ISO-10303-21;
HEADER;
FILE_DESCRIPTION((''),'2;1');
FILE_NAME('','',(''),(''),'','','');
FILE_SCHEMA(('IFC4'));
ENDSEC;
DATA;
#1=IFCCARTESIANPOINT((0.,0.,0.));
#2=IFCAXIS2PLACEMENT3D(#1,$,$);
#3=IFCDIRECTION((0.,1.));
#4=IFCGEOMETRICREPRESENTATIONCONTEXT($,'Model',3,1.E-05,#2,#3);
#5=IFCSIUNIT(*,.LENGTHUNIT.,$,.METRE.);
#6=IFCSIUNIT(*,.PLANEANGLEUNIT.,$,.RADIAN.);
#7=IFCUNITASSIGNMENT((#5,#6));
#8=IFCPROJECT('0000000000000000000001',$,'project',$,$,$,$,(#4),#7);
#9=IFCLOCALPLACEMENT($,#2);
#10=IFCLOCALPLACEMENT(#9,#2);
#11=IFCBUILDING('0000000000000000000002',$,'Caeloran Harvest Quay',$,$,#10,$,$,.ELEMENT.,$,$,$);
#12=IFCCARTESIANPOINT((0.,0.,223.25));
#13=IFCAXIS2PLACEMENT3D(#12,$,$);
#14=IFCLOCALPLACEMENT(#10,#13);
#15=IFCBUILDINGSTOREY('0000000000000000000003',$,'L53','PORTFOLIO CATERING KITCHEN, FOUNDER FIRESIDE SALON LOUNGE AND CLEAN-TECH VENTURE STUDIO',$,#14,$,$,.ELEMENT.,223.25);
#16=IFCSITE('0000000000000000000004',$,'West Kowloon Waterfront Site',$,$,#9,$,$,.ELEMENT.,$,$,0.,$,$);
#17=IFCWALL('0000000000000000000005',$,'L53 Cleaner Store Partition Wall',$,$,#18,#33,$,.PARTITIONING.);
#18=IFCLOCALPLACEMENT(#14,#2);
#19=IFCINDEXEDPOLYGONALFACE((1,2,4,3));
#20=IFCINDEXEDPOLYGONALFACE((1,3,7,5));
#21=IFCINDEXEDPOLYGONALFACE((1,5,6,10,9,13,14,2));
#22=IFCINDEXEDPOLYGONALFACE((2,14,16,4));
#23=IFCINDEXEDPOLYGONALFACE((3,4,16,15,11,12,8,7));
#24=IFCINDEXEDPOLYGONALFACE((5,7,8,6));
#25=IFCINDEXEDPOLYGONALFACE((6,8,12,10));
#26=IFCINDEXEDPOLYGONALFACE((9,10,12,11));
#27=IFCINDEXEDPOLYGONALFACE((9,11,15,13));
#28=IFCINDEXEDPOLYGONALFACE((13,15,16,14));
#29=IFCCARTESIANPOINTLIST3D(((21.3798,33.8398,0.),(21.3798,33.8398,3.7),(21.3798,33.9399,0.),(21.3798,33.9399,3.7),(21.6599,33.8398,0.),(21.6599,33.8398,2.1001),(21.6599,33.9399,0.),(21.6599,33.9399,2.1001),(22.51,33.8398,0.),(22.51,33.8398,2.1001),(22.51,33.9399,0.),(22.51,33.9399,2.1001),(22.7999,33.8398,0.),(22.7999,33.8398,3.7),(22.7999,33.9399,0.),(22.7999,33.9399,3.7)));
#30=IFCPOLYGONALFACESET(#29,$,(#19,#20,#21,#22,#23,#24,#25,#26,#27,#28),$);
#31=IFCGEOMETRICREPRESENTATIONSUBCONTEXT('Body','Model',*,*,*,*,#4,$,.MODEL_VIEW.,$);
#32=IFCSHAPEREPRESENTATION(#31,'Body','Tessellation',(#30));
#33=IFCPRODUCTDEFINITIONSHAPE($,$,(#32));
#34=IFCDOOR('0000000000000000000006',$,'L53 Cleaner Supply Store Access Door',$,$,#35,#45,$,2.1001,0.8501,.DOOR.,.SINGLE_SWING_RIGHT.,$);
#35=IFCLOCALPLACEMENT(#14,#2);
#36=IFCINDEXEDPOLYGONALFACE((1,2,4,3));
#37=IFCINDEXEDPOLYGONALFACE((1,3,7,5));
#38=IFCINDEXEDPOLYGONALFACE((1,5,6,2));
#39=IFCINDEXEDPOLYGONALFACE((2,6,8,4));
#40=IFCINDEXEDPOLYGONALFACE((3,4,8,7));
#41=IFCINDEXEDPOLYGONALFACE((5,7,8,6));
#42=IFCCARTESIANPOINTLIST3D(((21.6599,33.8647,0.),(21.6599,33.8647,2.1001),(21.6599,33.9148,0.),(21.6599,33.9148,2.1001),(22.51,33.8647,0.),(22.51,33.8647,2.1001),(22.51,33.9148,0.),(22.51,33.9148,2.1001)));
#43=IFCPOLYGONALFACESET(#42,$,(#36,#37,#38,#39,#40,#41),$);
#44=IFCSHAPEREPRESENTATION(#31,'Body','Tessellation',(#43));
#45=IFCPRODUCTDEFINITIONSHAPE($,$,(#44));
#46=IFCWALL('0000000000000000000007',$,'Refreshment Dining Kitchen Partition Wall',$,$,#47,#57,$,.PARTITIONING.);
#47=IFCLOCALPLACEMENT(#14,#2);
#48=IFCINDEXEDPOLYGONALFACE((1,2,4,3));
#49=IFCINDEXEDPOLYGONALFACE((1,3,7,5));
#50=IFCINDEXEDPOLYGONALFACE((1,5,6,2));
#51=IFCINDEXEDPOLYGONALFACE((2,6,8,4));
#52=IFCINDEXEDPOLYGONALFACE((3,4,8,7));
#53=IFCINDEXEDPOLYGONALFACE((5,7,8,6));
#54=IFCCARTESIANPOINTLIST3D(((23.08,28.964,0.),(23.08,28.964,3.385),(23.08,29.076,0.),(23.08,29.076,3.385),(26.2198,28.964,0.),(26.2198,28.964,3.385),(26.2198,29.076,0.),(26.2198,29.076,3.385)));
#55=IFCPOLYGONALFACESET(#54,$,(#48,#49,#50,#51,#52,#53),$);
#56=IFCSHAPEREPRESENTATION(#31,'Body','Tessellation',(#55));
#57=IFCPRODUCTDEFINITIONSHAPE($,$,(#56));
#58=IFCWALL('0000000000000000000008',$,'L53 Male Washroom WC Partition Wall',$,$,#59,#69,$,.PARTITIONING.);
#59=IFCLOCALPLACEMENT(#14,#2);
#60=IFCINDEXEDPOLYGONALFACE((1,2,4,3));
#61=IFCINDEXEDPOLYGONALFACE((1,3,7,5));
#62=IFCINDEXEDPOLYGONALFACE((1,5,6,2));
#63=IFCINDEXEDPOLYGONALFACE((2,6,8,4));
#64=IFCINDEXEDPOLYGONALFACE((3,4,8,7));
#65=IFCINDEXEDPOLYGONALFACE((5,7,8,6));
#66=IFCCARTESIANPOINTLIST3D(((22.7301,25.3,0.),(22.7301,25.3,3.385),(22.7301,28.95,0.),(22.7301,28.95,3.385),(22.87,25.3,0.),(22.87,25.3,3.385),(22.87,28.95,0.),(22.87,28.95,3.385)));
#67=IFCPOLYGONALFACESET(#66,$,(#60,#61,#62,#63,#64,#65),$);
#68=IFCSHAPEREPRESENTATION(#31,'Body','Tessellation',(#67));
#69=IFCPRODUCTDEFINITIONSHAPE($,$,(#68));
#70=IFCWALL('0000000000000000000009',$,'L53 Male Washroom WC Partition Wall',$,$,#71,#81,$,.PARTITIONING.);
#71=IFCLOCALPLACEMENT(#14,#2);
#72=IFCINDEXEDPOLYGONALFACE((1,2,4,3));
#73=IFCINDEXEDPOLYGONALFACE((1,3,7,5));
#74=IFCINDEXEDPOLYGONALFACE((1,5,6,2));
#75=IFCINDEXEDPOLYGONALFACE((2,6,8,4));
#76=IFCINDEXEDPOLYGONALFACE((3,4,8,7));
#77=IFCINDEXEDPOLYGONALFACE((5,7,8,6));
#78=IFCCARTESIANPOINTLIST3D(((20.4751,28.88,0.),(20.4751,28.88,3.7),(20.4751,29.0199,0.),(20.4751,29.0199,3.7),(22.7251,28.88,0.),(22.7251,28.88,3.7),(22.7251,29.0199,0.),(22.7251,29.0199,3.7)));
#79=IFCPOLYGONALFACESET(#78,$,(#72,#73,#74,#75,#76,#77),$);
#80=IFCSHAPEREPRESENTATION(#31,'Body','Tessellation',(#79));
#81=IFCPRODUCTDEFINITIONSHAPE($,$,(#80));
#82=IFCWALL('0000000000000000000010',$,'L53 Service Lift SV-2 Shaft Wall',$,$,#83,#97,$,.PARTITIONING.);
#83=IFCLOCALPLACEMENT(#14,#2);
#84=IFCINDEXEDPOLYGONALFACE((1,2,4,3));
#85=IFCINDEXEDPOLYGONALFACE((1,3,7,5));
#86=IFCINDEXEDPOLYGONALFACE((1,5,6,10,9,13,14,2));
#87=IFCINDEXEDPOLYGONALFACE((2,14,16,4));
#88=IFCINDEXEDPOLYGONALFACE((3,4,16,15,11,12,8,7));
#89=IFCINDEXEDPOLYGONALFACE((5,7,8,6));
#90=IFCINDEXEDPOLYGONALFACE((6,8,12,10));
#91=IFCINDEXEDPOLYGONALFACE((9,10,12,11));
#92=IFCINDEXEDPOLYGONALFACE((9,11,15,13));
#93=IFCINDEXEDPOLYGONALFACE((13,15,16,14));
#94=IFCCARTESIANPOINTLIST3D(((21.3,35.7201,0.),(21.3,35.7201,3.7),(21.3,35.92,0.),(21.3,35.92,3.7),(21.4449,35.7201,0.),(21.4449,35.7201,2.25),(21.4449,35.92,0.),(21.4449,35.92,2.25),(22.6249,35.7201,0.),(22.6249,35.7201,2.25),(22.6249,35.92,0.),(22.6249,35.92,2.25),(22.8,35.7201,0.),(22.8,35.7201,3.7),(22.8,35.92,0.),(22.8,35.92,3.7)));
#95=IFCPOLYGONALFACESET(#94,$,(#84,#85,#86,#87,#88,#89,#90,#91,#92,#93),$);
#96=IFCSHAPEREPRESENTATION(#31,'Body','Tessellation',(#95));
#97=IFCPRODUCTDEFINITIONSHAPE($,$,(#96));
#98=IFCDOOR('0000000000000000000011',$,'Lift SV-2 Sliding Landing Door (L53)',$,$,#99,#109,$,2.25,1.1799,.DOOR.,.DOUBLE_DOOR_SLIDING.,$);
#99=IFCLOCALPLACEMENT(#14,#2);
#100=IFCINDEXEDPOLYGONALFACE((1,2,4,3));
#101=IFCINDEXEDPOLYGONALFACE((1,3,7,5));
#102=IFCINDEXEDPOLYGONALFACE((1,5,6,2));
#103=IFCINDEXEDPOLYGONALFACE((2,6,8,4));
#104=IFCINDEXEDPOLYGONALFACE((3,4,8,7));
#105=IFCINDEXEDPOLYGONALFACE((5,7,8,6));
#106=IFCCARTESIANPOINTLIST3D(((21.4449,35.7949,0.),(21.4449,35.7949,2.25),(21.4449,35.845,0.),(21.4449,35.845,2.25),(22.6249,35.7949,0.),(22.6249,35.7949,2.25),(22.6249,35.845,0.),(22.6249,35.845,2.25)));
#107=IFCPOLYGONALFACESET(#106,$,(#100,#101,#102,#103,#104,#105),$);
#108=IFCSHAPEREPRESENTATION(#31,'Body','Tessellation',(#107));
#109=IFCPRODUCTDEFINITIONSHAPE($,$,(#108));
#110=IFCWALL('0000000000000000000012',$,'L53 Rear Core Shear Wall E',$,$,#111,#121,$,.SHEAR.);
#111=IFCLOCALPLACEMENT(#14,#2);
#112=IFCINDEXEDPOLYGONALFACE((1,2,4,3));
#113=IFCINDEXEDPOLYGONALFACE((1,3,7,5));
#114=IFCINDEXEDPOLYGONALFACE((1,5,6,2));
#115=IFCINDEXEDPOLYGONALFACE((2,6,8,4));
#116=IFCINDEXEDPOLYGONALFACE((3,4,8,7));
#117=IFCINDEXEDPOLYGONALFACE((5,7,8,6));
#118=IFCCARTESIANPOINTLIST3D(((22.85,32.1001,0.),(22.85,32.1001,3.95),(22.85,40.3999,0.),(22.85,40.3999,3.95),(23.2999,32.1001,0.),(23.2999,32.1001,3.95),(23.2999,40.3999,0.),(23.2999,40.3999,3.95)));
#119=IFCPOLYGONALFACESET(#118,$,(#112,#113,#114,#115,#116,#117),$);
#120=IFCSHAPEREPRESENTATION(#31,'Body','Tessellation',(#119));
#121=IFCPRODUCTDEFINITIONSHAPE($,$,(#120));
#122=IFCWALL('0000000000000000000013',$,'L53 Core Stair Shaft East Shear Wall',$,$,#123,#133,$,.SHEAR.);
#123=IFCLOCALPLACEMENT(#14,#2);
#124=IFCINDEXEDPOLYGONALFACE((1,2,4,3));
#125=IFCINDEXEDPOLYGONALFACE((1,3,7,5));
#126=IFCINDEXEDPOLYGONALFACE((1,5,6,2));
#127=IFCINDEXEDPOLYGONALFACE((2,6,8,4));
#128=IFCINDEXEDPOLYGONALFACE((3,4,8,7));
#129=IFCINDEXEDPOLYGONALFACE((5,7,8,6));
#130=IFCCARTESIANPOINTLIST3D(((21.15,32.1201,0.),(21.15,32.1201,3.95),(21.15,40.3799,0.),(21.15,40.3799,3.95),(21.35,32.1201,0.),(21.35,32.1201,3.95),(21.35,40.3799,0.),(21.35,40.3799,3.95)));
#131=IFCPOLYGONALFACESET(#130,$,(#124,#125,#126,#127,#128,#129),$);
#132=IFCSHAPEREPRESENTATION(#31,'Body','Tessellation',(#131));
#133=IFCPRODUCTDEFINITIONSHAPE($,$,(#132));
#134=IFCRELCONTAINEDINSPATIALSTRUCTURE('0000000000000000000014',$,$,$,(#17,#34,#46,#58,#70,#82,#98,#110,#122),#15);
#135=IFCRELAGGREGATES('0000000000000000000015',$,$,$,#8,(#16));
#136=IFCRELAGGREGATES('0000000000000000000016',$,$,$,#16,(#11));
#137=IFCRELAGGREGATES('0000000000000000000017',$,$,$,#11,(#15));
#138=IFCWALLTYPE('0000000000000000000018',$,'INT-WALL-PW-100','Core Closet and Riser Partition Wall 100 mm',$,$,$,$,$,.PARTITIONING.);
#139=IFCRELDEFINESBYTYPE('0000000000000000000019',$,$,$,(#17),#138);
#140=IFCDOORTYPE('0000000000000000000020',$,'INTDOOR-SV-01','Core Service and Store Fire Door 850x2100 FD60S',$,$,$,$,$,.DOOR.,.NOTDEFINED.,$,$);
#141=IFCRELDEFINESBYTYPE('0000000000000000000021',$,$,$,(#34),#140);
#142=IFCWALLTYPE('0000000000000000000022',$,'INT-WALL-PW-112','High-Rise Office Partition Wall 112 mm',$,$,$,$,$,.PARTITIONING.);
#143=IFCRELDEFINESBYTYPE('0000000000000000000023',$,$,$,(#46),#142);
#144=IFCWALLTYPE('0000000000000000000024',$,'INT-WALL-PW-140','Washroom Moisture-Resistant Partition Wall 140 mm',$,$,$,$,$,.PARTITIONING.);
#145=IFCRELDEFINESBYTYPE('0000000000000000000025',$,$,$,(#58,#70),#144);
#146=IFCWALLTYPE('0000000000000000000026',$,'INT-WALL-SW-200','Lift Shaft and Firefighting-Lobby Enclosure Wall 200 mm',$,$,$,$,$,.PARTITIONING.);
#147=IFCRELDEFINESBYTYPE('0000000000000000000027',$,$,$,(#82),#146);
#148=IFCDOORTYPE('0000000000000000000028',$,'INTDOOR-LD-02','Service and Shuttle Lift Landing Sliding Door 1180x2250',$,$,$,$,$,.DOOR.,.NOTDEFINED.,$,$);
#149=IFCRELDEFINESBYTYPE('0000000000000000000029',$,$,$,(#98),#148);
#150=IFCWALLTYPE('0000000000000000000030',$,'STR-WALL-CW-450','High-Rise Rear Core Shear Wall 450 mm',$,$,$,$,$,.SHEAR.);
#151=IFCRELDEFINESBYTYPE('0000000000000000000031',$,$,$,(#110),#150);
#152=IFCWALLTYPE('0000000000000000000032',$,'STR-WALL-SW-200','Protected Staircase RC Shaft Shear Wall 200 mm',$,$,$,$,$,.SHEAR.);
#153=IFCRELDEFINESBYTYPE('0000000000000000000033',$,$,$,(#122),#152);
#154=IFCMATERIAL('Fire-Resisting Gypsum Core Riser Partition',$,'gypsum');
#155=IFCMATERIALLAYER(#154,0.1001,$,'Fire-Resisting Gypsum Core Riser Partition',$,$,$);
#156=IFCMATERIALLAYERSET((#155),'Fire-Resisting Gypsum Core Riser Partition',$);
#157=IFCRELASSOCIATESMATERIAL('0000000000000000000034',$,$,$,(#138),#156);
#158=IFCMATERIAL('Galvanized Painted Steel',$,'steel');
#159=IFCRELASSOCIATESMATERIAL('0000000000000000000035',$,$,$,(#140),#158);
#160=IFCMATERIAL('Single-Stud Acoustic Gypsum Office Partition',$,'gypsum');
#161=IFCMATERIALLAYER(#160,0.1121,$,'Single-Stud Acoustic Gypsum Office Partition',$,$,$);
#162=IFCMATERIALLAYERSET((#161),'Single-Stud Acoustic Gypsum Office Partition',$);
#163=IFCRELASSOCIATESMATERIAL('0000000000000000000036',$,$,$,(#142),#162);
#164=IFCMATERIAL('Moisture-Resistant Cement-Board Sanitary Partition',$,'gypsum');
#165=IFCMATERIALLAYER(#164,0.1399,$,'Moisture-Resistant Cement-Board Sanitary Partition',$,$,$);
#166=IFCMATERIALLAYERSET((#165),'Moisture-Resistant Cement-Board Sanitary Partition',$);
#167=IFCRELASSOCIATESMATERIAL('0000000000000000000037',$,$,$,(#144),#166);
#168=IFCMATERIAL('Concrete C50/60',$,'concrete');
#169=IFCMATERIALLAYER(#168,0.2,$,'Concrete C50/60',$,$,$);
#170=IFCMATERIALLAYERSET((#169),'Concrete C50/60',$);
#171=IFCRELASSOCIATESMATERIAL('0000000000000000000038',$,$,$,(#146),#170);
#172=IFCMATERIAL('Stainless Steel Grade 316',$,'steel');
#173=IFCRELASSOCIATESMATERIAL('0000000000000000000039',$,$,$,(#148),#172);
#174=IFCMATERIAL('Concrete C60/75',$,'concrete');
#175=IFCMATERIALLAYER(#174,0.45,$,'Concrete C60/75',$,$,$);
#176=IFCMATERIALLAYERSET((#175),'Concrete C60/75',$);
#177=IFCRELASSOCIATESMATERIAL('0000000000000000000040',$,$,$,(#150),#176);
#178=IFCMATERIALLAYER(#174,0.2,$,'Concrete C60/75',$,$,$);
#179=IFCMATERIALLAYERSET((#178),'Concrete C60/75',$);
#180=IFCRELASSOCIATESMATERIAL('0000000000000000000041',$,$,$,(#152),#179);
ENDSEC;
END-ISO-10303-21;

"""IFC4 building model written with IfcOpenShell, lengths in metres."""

from ifc_helpers import new_model, si_unit, direction, frame, frame_2d, origin, place, context, subcontext, project, spatial, rectangle, extrude, material, layer, layer_set, type_object, element, fill, save


model = new_model("IFC4")

# Units and contexts
model_context = context("Model", 3, precision=1e-05, world=origin(), true_north=direction((0.0, 1.0)))
body_context = subcontext(model_context, "Body", "Model", "MODEL_VIEW")
ifc_project = project(units=[si_unit("LENGTHUNIT", "METRE"), si_unit("PLANEANGLEUNIT", "RADIAN")], contexts=[model_context])

# Site, building, storey
site_placement = place(None, origin())
site = spatial("IfcSite", under=ifc_project, at=site_placement, Name="West Kowloon Waterfront Site", CompositionType="ELEMENT", RefElevation=0.0)
building_placement = place(site_placement, origin())
building = spatial("IfcBuilding", under=site, at=building_placement, Name="Caeloran Harvest Quay", CompositionType="ELEMENT")
storey_placement = place(building_placement, frame((0.0, 0.0, 223.25)))
storey = spatial("IfcBuildingStorey", under=building, at=storey_placement, Name="L53", Description="PORTFOLIO CATERING KITCHEN, FOUNDER FIRESIDE SALON LOUNGE AND CLEAN-TECH VENTURE STUDIO", CompositionType="ELEMENT", Elevation=223.25)

# Wall, opening, door
ifc_material_1 = material(Name="Fire-Resisting Gypsum Core Riser Partition", Category="gypsum")
ifc_layer_1 = layer(ifc_material_1, 0.1001, Name="Fire-Resisting Gypsum Core Riser Partition")
ifc_layer_set_1 = layer_set([ifc_layer_1], Name="Fire-Resisting Gypsum Core Riser Partition")
wall_type_1 = type_object("IfcWallType", Name="INT-WALL-PW-100", Description="Core Closet and Riser Partition Wall 100 mm", PredefinedType="PARTITIONING", material=ifc_layer_set_1)
wall_1_placement = place(storey_placement, frame((21.3799, 33.8899, 0.0), z_axis=(0.0, 0.0, 1.0), x_axis=(1.0, 0.0, 0.0)))
wall_1 = element("IfcWall", 1, at=wall_1_placement, inside=storey, type_object=wall_type_1, Name="L53 Cleaner Store Partition Wall", PredefinedType="PARTITIONING", context=body_context, shape_type="SweptSolid", body=[
    extrude(rectangle(XDim=1.4202, YDim=0.1001, at=frame_2d((0.71, 0.0))), origin(), (0.0, 0.0, 1.0), 3.7),
])
opening_1_placement = place(wall_1_placement, frame((0.28, 0.0, 0.0)))
opening_1 = element("IfcOpeningElement", 2, at=opening_1_placement, cuts=wall_1, PredefinedType="OPENING", context=body_context, shape_type="SweptSolid", body=[
    extrude(rectangle(XDim=0.8501, YDim=2.1001, at=frame_2d((0.425, 1.05))), frame((0.0, 0.0601, 0.0), z_axis=(0.0, -1.0, 0.0), x_axis=(1.0, 0.0, 0.0)), (0.0, 0.0, 1.0), 0.1201),
])
ifc_material_2 = material(Name="Galvanized Painted Steel", Category="steel")
door_type_1 = type_object("IfcDoorType", Name="INTDOOR-SV-01", Description="Core Service and Store Fire Door 850x2100 FD60S", OperationType="NOTDEFINED", PredefinedType="DOOR", material=ifc_material_2)
door_1_placement = place(opening_1_placement, origin())
door_1 = element("IfcDoor", 3, at=door_1_placement, inside=storey, type_object=door_type_1, Name="L53 Cleaner Supply Store Access Door", OperationType="SINGLE_SWING_RIGHT", OverallHeight=2.1001, OverallWidth=0.8501, PredefinedType="DOOR", context=body_context, shape_type="SweptSolid", body=[
    extrude(rectangle(XDim=0.8501, YDim=2.1001, at=frame_2d((0.425, 1.05))), frame((0.0, 0.0249, 0.0), z_axis=(0.0, -1.0, 0.0), x_axis=(1.0, 0.0, 0.0)), (0.0, 0.0, 1.0), 0.05),
])
fill(opening_1, door_1)

# Walls
ifc_material_3 = material(Name="Single-Stud Acoustic Gypsum Office Partition", Category="gypsum")
ifc_layer_2 = layer(ifc_material_3, 0.1121, Name="Single-Stud Acoustic Gypsum Office Partition")
ifc_layer_set_2 = layer_set([ifc_layer_2], Name="Single-Stud Acoustic Gypsum Office Partition")
wall_type_2 = type_object("IfcWallType", Name="INT-WALL-PW-112", Description="High-Rise Office Partition Wall 112 mm", PredefinedType="PARTITIONING", material=ifc_layer_set_2)
wall_2_placement = place(storey_placement, frame((23.0801, 29.02, 0.0), z_axis=(0.0, 0.0, 1.0), x_axis=(1.0, 0.0, 0.0)))
element("IfcWall", 4, at=wall_2_placement, inside=storey, type_object=wall_type_2, Name="Refreshment Dining Kitchen Partition Wall", PredefinedType="PARTITIONING", context=body_context, shape_type="SweptSolid", body=[
    extrude(rectangle(XDim=3.1399, YDim=0.1121, at=frame_2d((1.5698, 0.0))), origin(), (0.0, 0.0, 1.0), 3.385),
])
ifc_material_4 = material(Name="Moisture-Resistant Cement-Board Sanitary Partition", Category="gypsum")
ifc_layer_3 = layer(ifc_material_4, 0.1399, Name="Moisture-Resistant Cement-Board Sanitary Partition")
ifc_layer_set_3 = layer_set([ifc_layer_3], Name="Moisture-Resistant Cement-Board Sanitary Partition")
wall_type_3 = type_object("IfcWallType", Name="INT-WALL-PW-140", Description="Washroom Moisture-Resistant Partition Wall 140 mm", PredefinedType="PARTITIONING", material=ifc_layer_set_3)
wall_3_placement = place(storey_placement, frame((22.8, 28.95, 0.0), z_axis=(0.0, 0.0, 1.0), x_axis=(0.0, -1.0, 0.0)))
element("IfcWall", 5, at=wall_3_placement, inside=storey, type_object=wall_type_3, Name="L53 Male Washroom WC Partition Wall", PredefinedType="PARTITIONING", context=body_context, shape_type="SweptSolid", body=[
    extrude(rectangle(XDim=3.6499, YDim=0.1399, at=frame_2d((1.825, 0.0))), origin(), (0.0, 0.0, 1.0), 3.385),
])
wall_4_placement = place(storey_placement, frame((20.4751, 28.95, 0.0), z_axis=(0.0, 0.0, 1.0), x_axis=(1.0, 0.0, 0.0)))
element("IfcWall", 6, at=wall_4_placement, inside=storey, type_object=wall_type_3, Name="L53 Male Washroom WC Partition Wall", PredefinedType="PARTITIONING", context=body_context, shape_type="SweptSolid", body=[
    extrude(rectangle(XDim=2.25, YDim=0.1399, at=frame_2d((1.125, 0.0))), origin(), (0.0, 0.0, 1.0), 3.7),
])

# Wall, opening, door
ifc_material_5 = material(Name="Concrete C50/60", Category="concrete")
ifc_layer_4 = layer(ifc_material_5, 0.2, Name="Concrete C50/60")
ifc_layer_set_4 = layer_set([ifc_layer_4], Name="Concrete C50/60")
wall_type_4 = type_object("IfcWallType", Name="INT-WALL-SW-200", Description="Lift Shaft and Firefighting-Lobby Enclosure Wall 200 mm", PredefinedType="PARTITIONING", material=ifc_layer_set_4)
wall_5_placement = place(storey_placement, frame((21.3, 35.8201, 0.0), z_axis=(0.0, 0.0, 1.0), x_axis=(1.0, 0.0, 0.0)))
wall_5 = element("IfcWall", 7, at=wall_5_placement, inside=storey, type_object=wall_type_4, Name="L53 Service Lift SV-2 Shaft Wall", PredefinedType="PARTITIONING", context=body_context, shape_type="SweptSolid", body=[
    extrude(rectangle(XDim=1.5, YDim=0.2, at=frame_2d((0.75, 0.0))), origin(), (0.0, 0.0, 1.0), 3.7),
])
opening_2_placement = place(wall_5_placement, frame((0.145, 0.0, 0.0)))
opening_2 = element("IfcOpeningElement", 8, at=opening_2_placement, cuts=wall_5, PredefinedType="OPENING", context=body_context, shape_type="SweptSolid", body=[
    extrude(rectangle(XDim=1.1799, YDim=2.25, at=frame_2d((0.5898, 1.125))), frame((0.0, 0.1099, 0.0), z_axis=(0.0, -1.0, 0.0), x_axis=(1.0, 0.0, 0.0)), (0.0, 0.0, 1.0), 0.22),
])
ifc_material_6 = material(Name="Stainless Steel Grade 316", Category="steel")
door_type_2 = type_object("IfcDoorType", Name="INTDOOR-LD-02", Description="Service and Shuttle Lift Landing Sliding Door 1180x2250", OperationType="NOTDEFINED", PredefinedType="DOOR", material=ifc_material_6)
door_2_placement = place(opening_2_placement, origin())
door_2 = element("IfcDoor", 9, at=door_2_placement, inside=storey, type_object=door_type_2, Name="Lift SV-2 Sliding Landing Door (L53)", OperationType="DOUBLE_DOOR_SLIDING", OverallHeight=2.25, OverallWidth=1.1799, PredefinedType="DOOR", context=body_context, shape_type="SweptSolid", body=[
    extrude(rectangle(XDim=1.1799, YDim=2.25, at=frame_2d((0.5898, 1.125))), frame((0.0, 0.0249, 0.0), z_axis=(0.0, -1.0, 0.0), x_axis=(1.0, 0.0, 0.0)), (0.0, 0.0, 1.0), 0.05),
])
fill(opening_2, door_2)

# Walls
ifc_material_7 = material(Name="Concrete C60/75", Category="concrete")
ifc_layer_5 = layer(ifc_material_7, 0.45, Name="Concrete C60/75")
ifc_layer_set_5 = layer_set([ifc_layer_5], Name="Concrete C60/75")
wall_type_5 = type_object("IfcWallType", Name="STR-WALL-CW-450", Description="High-Rise Rear Core Shear Wall 450 mm", PredefinedType="SHEAR", material=ifc_layer_set_5)
wall_6_placement = place(storey_placement, frame((23.075, 32.1001, 0.0), z_axis=(0.0, 0.0, 1.0), x_axis=(0.0, 1.0, 0.0)))
element("IfcWall", 10, at=wall_6_placement, inside=storey, type_object=wall_type_5, Name="L53 Rear Core Shear Wall E", PredefinedType="SHEAR", context=body_context, shape_type="SweptSolid", body=[
    extrude(rectangle(XDim=8.2998, YDim=0.45, at=frame_2d((4.1499, 0.0))), origin(), (0.0, 0.0, 1.0), 3.95),
])
ifc_layer_6 = layer(ifc_material_7, 0.2, Name="Concrete C60/75")
ifc_layer_set_6 = layer_set([ifc_layer_6], Name="Concrete C60/75")
wall_type_6 = type_object("IfcWallType", Name="STR-WALL-SW-200", Description="Protected Staircase RC Shaft Shear Wall 200 mm", PredefinedType="SHEAR", material=ifc_layer_set_6)
wall_7_placement = place(storey_placement, frame((21.25, 32.1201, 0.0), z_axis=(0.0, 0.0, 1.0), x_axis=(0.0, 1.0, 0.0)))
element("IfcWall", 11, at=wall_7_placement, inside=storey, type_object=wall_type_6, Name="L53 Core Stair Shaft East Shear Wall", PredefinedType="SHEAR", context=body_context, shape_type="SweptSolid", body=[
    extrude(rectangle(XDim=8.2598, YDim=0.2, at=frame_2d((4.1299, 0.0))), origin(), (0.0, 0.0, 1.0), 3.95),
])

save(model, "model.ifc")
